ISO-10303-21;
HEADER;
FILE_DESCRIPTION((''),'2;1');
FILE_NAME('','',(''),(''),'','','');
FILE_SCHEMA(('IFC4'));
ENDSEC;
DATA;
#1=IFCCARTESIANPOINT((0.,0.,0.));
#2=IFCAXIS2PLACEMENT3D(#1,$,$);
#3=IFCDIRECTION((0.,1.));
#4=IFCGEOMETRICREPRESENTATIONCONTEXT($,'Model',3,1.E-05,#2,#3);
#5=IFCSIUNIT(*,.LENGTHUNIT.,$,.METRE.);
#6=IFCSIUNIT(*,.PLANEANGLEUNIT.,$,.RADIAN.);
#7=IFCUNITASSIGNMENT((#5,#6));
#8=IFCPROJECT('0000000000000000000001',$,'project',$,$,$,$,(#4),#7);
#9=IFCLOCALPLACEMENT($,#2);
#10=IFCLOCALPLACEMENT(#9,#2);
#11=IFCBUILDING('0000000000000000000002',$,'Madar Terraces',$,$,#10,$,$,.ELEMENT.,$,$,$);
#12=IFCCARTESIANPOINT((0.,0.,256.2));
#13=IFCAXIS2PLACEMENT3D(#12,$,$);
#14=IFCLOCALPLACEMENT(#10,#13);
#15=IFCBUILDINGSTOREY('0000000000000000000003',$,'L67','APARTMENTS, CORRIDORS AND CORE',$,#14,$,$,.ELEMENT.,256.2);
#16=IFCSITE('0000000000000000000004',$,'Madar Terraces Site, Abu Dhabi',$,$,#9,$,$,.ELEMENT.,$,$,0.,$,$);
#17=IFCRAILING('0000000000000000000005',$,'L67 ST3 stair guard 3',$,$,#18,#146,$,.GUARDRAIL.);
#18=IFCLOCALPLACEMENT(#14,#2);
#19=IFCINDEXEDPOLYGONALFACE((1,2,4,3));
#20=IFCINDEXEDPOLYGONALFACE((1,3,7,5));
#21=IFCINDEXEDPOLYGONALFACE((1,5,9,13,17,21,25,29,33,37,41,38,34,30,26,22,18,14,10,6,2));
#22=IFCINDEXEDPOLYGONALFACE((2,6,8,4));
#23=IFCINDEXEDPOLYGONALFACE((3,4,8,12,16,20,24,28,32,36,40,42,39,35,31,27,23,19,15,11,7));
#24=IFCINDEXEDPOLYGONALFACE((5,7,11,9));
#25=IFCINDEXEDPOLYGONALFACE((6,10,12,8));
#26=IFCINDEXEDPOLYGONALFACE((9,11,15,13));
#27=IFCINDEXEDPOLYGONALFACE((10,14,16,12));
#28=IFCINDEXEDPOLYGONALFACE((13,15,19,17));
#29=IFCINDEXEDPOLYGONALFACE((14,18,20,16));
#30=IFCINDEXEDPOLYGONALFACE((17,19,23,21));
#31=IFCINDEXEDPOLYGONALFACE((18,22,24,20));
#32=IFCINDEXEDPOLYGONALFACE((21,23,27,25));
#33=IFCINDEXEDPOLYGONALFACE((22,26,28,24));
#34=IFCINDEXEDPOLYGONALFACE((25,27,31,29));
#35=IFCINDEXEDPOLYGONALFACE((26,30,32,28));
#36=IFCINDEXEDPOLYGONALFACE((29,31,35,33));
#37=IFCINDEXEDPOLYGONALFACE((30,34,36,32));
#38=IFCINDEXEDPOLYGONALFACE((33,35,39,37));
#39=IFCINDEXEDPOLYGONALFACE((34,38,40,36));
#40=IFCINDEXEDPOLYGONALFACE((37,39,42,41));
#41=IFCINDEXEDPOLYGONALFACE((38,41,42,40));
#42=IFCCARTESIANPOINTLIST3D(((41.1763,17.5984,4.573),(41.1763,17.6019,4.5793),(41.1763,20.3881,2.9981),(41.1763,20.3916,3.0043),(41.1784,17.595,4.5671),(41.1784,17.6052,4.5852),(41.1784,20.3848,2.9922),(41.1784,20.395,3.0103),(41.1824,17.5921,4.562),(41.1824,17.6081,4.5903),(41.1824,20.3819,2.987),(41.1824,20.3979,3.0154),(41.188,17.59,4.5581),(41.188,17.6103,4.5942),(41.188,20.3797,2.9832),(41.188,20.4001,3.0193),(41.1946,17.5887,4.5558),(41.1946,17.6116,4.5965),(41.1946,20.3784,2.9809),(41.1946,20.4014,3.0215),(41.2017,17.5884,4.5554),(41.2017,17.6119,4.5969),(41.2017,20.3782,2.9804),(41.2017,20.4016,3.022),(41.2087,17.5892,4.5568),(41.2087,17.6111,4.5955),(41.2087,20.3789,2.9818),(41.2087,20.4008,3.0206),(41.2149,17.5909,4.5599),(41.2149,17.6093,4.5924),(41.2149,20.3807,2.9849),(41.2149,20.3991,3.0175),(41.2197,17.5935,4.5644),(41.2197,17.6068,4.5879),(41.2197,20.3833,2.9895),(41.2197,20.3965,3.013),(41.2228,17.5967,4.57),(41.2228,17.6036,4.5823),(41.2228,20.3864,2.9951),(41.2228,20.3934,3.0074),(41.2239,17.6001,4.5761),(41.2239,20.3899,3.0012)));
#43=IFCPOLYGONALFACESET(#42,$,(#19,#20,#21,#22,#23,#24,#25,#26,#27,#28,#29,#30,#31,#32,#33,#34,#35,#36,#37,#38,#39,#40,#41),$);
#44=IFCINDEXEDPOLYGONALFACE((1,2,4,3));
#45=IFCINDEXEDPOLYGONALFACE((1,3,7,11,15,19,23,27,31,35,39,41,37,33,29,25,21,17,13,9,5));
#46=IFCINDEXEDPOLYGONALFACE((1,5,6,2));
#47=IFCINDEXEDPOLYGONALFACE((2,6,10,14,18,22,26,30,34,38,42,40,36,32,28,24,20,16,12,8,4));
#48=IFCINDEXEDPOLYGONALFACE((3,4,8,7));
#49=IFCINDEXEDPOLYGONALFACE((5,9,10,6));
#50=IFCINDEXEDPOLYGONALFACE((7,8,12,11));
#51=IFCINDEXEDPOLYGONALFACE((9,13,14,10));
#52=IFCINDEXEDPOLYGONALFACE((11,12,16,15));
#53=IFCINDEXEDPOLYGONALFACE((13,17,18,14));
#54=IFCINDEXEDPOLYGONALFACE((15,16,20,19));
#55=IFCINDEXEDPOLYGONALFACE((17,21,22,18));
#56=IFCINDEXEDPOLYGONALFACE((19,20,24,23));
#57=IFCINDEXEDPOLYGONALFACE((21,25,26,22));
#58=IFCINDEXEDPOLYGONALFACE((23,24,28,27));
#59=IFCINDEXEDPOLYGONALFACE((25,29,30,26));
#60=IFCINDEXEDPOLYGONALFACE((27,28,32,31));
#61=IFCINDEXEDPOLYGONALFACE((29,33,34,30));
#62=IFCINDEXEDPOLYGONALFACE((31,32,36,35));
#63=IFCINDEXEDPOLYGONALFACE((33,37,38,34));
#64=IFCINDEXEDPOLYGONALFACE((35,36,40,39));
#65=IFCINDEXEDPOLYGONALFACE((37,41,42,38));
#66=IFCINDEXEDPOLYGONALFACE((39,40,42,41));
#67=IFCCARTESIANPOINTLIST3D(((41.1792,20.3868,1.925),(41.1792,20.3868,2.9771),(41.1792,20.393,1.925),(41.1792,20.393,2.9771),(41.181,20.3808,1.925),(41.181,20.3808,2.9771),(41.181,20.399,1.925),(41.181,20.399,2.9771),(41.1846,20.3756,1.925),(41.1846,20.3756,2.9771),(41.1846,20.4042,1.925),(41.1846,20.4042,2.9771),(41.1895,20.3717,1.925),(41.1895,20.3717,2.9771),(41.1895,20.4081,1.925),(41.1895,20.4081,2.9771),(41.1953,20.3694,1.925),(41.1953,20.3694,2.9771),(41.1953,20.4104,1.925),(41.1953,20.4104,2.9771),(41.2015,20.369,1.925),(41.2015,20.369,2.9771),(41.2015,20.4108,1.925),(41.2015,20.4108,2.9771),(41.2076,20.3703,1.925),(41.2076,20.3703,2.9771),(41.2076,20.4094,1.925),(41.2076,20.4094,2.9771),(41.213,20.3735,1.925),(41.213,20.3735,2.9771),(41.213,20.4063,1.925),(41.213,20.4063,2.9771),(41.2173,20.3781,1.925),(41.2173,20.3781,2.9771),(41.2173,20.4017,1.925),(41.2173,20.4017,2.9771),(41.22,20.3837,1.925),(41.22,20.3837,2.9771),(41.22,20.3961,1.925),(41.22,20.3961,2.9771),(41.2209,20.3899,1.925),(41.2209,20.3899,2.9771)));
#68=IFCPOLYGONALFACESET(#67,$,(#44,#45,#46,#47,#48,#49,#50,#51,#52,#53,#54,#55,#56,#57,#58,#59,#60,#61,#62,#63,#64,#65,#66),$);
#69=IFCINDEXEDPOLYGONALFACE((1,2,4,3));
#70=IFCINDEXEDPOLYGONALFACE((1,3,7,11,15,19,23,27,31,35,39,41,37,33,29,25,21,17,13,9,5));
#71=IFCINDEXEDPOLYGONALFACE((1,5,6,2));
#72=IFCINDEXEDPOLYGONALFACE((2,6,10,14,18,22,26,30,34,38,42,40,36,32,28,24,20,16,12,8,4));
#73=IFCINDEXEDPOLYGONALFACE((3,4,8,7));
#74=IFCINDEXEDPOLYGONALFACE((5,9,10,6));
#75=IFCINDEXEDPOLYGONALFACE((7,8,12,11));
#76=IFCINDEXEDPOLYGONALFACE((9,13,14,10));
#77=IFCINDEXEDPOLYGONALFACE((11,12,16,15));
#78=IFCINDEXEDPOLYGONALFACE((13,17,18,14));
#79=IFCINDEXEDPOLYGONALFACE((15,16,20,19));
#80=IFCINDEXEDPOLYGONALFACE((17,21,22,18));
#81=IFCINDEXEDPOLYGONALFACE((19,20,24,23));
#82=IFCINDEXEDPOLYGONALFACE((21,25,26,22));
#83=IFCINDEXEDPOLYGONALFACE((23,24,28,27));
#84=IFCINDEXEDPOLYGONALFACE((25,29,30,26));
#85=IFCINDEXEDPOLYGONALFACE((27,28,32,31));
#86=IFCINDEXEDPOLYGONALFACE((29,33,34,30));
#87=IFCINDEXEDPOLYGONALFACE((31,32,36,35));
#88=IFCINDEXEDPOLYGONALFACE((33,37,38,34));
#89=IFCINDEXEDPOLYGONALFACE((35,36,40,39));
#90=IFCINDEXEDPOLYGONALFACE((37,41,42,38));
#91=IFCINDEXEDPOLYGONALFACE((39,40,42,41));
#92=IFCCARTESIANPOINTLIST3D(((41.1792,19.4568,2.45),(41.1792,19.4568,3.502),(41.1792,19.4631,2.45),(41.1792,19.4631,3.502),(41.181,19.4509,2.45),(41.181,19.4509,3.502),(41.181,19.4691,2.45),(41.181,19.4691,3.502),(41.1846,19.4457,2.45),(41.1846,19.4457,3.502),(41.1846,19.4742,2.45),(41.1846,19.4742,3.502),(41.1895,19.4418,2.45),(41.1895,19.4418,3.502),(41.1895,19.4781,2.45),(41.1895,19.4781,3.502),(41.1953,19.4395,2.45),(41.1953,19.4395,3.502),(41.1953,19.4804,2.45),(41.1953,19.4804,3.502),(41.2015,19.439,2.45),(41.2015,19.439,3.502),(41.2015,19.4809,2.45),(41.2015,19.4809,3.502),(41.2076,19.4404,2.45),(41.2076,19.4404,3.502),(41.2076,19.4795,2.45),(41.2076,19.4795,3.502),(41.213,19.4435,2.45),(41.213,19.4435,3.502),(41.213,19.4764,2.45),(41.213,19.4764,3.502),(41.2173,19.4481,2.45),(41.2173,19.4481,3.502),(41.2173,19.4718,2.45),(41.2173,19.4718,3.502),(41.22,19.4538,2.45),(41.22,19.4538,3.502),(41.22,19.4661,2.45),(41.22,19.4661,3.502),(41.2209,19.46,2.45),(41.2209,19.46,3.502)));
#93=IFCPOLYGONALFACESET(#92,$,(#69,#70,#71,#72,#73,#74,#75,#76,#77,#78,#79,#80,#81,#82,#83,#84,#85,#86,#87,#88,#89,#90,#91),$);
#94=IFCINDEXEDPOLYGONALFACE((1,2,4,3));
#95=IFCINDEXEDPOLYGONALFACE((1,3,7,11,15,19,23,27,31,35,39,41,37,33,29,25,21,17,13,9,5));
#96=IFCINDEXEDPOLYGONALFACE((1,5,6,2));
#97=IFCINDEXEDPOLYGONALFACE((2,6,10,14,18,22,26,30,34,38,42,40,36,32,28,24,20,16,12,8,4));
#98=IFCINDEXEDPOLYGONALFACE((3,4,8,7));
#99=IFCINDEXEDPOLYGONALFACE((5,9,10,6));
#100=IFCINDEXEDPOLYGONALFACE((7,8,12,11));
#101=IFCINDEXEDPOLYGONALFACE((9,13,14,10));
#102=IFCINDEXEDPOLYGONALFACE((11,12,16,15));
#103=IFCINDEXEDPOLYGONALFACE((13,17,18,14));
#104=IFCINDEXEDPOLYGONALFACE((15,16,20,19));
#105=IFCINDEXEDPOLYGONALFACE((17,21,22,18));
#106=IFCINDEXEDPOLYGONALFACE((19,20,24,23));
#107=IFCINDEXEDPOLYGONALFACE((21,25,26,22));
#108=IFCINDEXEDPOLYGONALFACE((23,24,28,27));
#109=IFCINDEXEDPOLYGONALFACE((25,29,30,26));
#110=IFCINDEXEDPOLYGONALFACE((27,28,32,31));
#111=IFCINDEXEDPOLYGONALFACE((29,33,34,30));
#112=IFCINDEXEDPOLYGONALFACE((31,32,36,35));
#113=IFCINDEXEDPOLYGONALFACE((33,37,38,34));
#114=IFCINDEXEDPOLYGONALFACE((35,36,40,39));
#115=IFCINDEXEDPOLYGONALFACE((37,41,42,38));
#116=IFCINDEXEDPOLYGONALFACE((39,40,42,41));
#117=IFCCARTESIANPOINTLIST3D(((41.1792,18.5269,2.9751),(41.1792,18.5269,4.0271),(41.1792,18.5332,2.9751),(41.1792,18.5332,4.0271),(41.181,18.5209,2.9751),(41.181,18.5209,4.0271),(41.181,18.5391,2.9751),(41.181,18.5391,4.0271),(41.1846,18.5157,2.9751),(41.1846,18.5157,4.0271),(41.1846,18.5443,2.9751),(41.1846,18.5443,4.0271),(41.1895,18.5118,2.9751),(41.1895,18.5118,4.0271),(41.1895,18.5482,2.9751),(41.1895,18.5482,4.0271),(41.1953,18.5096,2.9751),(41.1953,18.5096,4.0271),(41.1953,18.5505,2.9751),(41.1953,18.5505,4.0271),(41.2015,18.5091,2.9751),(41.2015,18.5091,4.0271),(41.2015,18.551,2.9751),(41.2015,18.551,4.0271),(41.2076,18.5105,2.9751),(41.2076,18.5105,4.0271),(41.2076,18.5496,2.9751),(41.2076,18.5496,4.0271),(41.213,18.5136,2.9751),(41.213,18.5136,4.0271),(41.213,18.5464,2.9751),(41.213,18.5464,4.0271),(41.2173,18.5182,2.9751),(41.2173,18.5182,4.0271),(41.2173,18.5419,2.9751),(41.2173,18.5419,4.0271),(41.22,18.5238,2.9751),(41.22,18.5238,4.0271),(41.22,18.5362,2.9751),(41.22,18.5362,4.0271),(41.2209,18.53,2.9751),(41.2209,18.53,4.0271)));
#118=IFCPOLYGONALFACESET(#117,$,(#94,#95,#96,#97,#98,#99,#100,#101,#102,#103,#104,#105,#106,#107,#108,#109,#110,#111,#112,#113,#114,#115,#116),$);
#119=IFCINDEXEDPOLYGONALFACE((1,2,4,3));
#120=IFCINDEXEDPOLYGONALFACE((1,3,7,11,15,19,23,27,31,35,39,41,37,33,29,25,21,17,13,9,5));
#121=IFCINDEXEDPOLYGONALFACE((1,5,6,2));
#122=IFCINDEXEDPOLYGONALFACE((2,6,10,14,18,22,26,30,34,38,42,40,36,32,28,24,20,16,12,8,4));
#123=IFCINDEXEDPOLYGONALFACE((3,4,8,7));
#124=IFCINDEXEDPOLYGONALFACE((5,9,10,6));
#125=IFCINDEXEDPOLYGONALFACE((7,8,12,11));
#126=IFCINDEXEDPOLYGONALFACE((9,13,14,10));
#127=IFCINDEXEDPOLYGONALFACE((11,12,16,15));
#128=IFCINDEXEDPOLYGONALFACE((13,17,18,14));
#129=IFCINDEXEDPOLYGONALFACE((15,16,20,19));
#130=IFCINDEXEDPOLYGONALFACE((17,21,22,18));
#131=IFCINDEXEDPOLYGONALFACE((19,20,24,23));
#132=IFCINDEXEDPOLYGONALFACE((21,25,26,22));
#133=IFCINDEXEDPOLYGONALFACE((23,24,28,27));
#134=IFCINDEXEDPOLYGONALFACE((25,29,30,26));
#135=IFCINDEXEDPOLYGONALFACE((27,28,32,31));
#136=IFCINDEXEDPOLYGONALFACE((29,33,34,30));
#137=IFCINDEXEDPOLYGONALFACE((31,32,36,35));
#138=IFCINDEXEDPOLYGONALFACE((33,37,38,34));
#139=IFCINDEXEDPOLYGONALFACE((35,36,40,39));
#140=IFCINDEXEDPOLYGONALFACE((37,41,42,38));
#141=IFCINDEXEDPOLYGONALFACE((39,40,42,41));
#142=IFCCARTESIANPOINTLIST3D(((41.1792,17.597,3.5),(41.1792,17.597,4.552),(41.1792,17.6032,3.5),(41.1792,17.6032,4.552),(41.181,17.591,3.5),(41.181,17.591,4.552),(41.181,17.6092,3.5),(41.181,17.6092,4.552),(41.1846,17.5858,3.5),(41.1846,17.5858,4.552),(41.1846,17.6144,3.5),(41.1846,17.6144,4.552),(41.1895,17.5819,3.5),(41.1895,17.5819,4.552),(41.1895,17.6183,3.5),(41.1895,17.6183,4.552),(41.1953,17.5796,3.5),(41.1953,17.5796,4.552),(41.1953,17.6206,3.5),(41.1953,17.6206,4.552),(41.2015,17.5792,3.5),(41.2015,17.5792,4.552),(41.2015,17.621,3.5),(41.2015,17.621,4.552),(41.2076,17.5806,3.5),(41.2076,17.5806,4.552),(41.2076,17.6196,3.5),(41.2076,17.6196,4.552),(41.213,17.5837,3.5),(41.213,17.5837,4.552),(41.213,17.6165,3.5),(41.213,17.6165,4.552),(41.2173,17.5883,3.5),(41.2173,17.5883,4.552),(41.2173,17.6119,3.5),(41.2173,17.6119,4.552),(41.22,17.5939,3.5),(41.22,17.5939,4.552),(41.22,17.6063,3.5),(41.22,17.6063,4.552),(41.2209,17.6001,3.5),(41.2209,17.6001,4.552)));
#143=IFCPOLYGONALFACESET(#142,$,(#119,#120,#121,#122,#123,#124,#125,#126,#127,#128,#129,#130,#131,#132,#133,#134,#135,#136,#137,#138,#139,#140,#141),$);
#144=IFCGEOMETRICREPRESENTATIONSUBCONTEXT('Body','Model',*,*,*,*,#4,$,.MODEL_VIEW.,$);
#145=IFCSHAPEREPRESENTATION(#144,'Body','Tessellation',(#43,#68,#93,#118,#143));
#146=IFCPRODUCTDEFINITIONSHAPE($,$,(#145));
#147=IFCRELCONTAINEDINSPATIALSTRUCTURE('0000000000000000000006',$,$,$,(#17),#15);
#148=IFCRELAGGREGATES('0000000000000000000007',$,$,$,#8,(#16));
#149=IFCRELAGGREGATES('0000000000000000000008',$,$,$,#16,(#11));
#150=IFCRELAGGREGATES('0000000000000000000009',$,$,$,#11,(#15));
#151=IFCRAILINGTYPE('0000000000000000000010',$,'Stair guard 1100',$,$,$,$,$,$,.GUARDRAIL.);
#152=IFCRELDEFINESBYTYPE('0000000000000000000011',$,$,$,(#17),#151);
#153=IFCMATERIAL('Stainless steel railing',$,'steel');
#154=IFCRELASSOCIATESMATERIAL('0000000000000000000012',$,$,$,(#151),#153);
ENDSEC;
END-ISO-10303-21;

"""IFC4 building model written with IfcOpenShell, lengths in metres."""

from ifc_helpers import new_model, si_unit, direction, frame, origin, origin_2d, place, context, subcontext, project, spatial, circle, extrude, material, type_object, element, save


model = new_model("IFC4")

# Units and contexts
model_context = context("Model", 3, precision=1e-05, world=origin(), true_north=direction((0.0, 1.0)))
body_context = subcontext(model_context, "Body", "Model", "MODEL_VIEW")
ifc_project = project(units=[si_unit("LENGTHUNIT", "METRE"), si_unit("PLANEANGLEUNIT", "RADIAN")], contexts=[model_context])

# Site, building, storey
site_placement = place(None, origin())
site = spatial("IfcSite", under=ifc_project, at=site_placement, Name="Madar Terraces Site, Abu Dhabi", CompositionType="ELEMENT", RefElevation=0.0)
building_placement = place(site_placement, origin())
building = spatial("IfcBuilding", under=site, at=building_placement, Name="Madar Terraces", CompositionType="ELEMENT")
storey_placement = place(building_placement, frame((0.0, 0.0, 256.2)))
storey = spatial("IfcBuildingStorey", under=building, at=storey_placement, Name="L67", Description="APARTMENTS, CORRIDORS AND CORE", CompositionType="ELEMENT", Elevation=256.2)

# Railing
ifc_material_1 = material(Name="Stainless steel railing", Category="steel")
railing_type_1 = type_object("IfcRailingType", Name="Stair guard 1100", PredefinedType="GUARDRAIL", material=ifc_material_1)
railing_1_placement = place(storey_placement, frame((41.2, 20.3899, 1.925)))
element("IfcRailing", 1, at=railing_1_placement, inside=storey, type_object=railing_type_1, Name="L67 ST3 stair guard 3", PredefinedType="GUARDRAIL", context=body_context, shape_type="SweptSolid", body=[
    extrude(circle(Radius=0.0239, at=origin_2d()), frame((0.0, 0.0, 1.0762), z_axis=(0.0, -0.870815, 0.49161), x_axis=(1.0, 0.0, 0.0)), (0.0, 0.0, 1.0), 3.2036),
    extrude(circle(Radius=0.021, at=origin_2d()), origin(), (0.0, 0.0, 1.0), 1.052),
    extrude(circle(Radius=0.021, at=origin_2d()), frame((0.0, -0.9299, 0.5249)), (0.0, 0.0, 1.0), 1.052),
    extrude(circle(Radius=0.021, at=origin_2d()), frame((0.0, -1.8599, 1.05)), (0.0, 0.0, 1.0), 1.052),
    extrude(circle(Radius=0.021, at=origin_2d()), frame((0.0, -2.7898, 1.575)), (0.0, 0.0, 1.0), 1.052),
])

save(model, "model.ifc")
